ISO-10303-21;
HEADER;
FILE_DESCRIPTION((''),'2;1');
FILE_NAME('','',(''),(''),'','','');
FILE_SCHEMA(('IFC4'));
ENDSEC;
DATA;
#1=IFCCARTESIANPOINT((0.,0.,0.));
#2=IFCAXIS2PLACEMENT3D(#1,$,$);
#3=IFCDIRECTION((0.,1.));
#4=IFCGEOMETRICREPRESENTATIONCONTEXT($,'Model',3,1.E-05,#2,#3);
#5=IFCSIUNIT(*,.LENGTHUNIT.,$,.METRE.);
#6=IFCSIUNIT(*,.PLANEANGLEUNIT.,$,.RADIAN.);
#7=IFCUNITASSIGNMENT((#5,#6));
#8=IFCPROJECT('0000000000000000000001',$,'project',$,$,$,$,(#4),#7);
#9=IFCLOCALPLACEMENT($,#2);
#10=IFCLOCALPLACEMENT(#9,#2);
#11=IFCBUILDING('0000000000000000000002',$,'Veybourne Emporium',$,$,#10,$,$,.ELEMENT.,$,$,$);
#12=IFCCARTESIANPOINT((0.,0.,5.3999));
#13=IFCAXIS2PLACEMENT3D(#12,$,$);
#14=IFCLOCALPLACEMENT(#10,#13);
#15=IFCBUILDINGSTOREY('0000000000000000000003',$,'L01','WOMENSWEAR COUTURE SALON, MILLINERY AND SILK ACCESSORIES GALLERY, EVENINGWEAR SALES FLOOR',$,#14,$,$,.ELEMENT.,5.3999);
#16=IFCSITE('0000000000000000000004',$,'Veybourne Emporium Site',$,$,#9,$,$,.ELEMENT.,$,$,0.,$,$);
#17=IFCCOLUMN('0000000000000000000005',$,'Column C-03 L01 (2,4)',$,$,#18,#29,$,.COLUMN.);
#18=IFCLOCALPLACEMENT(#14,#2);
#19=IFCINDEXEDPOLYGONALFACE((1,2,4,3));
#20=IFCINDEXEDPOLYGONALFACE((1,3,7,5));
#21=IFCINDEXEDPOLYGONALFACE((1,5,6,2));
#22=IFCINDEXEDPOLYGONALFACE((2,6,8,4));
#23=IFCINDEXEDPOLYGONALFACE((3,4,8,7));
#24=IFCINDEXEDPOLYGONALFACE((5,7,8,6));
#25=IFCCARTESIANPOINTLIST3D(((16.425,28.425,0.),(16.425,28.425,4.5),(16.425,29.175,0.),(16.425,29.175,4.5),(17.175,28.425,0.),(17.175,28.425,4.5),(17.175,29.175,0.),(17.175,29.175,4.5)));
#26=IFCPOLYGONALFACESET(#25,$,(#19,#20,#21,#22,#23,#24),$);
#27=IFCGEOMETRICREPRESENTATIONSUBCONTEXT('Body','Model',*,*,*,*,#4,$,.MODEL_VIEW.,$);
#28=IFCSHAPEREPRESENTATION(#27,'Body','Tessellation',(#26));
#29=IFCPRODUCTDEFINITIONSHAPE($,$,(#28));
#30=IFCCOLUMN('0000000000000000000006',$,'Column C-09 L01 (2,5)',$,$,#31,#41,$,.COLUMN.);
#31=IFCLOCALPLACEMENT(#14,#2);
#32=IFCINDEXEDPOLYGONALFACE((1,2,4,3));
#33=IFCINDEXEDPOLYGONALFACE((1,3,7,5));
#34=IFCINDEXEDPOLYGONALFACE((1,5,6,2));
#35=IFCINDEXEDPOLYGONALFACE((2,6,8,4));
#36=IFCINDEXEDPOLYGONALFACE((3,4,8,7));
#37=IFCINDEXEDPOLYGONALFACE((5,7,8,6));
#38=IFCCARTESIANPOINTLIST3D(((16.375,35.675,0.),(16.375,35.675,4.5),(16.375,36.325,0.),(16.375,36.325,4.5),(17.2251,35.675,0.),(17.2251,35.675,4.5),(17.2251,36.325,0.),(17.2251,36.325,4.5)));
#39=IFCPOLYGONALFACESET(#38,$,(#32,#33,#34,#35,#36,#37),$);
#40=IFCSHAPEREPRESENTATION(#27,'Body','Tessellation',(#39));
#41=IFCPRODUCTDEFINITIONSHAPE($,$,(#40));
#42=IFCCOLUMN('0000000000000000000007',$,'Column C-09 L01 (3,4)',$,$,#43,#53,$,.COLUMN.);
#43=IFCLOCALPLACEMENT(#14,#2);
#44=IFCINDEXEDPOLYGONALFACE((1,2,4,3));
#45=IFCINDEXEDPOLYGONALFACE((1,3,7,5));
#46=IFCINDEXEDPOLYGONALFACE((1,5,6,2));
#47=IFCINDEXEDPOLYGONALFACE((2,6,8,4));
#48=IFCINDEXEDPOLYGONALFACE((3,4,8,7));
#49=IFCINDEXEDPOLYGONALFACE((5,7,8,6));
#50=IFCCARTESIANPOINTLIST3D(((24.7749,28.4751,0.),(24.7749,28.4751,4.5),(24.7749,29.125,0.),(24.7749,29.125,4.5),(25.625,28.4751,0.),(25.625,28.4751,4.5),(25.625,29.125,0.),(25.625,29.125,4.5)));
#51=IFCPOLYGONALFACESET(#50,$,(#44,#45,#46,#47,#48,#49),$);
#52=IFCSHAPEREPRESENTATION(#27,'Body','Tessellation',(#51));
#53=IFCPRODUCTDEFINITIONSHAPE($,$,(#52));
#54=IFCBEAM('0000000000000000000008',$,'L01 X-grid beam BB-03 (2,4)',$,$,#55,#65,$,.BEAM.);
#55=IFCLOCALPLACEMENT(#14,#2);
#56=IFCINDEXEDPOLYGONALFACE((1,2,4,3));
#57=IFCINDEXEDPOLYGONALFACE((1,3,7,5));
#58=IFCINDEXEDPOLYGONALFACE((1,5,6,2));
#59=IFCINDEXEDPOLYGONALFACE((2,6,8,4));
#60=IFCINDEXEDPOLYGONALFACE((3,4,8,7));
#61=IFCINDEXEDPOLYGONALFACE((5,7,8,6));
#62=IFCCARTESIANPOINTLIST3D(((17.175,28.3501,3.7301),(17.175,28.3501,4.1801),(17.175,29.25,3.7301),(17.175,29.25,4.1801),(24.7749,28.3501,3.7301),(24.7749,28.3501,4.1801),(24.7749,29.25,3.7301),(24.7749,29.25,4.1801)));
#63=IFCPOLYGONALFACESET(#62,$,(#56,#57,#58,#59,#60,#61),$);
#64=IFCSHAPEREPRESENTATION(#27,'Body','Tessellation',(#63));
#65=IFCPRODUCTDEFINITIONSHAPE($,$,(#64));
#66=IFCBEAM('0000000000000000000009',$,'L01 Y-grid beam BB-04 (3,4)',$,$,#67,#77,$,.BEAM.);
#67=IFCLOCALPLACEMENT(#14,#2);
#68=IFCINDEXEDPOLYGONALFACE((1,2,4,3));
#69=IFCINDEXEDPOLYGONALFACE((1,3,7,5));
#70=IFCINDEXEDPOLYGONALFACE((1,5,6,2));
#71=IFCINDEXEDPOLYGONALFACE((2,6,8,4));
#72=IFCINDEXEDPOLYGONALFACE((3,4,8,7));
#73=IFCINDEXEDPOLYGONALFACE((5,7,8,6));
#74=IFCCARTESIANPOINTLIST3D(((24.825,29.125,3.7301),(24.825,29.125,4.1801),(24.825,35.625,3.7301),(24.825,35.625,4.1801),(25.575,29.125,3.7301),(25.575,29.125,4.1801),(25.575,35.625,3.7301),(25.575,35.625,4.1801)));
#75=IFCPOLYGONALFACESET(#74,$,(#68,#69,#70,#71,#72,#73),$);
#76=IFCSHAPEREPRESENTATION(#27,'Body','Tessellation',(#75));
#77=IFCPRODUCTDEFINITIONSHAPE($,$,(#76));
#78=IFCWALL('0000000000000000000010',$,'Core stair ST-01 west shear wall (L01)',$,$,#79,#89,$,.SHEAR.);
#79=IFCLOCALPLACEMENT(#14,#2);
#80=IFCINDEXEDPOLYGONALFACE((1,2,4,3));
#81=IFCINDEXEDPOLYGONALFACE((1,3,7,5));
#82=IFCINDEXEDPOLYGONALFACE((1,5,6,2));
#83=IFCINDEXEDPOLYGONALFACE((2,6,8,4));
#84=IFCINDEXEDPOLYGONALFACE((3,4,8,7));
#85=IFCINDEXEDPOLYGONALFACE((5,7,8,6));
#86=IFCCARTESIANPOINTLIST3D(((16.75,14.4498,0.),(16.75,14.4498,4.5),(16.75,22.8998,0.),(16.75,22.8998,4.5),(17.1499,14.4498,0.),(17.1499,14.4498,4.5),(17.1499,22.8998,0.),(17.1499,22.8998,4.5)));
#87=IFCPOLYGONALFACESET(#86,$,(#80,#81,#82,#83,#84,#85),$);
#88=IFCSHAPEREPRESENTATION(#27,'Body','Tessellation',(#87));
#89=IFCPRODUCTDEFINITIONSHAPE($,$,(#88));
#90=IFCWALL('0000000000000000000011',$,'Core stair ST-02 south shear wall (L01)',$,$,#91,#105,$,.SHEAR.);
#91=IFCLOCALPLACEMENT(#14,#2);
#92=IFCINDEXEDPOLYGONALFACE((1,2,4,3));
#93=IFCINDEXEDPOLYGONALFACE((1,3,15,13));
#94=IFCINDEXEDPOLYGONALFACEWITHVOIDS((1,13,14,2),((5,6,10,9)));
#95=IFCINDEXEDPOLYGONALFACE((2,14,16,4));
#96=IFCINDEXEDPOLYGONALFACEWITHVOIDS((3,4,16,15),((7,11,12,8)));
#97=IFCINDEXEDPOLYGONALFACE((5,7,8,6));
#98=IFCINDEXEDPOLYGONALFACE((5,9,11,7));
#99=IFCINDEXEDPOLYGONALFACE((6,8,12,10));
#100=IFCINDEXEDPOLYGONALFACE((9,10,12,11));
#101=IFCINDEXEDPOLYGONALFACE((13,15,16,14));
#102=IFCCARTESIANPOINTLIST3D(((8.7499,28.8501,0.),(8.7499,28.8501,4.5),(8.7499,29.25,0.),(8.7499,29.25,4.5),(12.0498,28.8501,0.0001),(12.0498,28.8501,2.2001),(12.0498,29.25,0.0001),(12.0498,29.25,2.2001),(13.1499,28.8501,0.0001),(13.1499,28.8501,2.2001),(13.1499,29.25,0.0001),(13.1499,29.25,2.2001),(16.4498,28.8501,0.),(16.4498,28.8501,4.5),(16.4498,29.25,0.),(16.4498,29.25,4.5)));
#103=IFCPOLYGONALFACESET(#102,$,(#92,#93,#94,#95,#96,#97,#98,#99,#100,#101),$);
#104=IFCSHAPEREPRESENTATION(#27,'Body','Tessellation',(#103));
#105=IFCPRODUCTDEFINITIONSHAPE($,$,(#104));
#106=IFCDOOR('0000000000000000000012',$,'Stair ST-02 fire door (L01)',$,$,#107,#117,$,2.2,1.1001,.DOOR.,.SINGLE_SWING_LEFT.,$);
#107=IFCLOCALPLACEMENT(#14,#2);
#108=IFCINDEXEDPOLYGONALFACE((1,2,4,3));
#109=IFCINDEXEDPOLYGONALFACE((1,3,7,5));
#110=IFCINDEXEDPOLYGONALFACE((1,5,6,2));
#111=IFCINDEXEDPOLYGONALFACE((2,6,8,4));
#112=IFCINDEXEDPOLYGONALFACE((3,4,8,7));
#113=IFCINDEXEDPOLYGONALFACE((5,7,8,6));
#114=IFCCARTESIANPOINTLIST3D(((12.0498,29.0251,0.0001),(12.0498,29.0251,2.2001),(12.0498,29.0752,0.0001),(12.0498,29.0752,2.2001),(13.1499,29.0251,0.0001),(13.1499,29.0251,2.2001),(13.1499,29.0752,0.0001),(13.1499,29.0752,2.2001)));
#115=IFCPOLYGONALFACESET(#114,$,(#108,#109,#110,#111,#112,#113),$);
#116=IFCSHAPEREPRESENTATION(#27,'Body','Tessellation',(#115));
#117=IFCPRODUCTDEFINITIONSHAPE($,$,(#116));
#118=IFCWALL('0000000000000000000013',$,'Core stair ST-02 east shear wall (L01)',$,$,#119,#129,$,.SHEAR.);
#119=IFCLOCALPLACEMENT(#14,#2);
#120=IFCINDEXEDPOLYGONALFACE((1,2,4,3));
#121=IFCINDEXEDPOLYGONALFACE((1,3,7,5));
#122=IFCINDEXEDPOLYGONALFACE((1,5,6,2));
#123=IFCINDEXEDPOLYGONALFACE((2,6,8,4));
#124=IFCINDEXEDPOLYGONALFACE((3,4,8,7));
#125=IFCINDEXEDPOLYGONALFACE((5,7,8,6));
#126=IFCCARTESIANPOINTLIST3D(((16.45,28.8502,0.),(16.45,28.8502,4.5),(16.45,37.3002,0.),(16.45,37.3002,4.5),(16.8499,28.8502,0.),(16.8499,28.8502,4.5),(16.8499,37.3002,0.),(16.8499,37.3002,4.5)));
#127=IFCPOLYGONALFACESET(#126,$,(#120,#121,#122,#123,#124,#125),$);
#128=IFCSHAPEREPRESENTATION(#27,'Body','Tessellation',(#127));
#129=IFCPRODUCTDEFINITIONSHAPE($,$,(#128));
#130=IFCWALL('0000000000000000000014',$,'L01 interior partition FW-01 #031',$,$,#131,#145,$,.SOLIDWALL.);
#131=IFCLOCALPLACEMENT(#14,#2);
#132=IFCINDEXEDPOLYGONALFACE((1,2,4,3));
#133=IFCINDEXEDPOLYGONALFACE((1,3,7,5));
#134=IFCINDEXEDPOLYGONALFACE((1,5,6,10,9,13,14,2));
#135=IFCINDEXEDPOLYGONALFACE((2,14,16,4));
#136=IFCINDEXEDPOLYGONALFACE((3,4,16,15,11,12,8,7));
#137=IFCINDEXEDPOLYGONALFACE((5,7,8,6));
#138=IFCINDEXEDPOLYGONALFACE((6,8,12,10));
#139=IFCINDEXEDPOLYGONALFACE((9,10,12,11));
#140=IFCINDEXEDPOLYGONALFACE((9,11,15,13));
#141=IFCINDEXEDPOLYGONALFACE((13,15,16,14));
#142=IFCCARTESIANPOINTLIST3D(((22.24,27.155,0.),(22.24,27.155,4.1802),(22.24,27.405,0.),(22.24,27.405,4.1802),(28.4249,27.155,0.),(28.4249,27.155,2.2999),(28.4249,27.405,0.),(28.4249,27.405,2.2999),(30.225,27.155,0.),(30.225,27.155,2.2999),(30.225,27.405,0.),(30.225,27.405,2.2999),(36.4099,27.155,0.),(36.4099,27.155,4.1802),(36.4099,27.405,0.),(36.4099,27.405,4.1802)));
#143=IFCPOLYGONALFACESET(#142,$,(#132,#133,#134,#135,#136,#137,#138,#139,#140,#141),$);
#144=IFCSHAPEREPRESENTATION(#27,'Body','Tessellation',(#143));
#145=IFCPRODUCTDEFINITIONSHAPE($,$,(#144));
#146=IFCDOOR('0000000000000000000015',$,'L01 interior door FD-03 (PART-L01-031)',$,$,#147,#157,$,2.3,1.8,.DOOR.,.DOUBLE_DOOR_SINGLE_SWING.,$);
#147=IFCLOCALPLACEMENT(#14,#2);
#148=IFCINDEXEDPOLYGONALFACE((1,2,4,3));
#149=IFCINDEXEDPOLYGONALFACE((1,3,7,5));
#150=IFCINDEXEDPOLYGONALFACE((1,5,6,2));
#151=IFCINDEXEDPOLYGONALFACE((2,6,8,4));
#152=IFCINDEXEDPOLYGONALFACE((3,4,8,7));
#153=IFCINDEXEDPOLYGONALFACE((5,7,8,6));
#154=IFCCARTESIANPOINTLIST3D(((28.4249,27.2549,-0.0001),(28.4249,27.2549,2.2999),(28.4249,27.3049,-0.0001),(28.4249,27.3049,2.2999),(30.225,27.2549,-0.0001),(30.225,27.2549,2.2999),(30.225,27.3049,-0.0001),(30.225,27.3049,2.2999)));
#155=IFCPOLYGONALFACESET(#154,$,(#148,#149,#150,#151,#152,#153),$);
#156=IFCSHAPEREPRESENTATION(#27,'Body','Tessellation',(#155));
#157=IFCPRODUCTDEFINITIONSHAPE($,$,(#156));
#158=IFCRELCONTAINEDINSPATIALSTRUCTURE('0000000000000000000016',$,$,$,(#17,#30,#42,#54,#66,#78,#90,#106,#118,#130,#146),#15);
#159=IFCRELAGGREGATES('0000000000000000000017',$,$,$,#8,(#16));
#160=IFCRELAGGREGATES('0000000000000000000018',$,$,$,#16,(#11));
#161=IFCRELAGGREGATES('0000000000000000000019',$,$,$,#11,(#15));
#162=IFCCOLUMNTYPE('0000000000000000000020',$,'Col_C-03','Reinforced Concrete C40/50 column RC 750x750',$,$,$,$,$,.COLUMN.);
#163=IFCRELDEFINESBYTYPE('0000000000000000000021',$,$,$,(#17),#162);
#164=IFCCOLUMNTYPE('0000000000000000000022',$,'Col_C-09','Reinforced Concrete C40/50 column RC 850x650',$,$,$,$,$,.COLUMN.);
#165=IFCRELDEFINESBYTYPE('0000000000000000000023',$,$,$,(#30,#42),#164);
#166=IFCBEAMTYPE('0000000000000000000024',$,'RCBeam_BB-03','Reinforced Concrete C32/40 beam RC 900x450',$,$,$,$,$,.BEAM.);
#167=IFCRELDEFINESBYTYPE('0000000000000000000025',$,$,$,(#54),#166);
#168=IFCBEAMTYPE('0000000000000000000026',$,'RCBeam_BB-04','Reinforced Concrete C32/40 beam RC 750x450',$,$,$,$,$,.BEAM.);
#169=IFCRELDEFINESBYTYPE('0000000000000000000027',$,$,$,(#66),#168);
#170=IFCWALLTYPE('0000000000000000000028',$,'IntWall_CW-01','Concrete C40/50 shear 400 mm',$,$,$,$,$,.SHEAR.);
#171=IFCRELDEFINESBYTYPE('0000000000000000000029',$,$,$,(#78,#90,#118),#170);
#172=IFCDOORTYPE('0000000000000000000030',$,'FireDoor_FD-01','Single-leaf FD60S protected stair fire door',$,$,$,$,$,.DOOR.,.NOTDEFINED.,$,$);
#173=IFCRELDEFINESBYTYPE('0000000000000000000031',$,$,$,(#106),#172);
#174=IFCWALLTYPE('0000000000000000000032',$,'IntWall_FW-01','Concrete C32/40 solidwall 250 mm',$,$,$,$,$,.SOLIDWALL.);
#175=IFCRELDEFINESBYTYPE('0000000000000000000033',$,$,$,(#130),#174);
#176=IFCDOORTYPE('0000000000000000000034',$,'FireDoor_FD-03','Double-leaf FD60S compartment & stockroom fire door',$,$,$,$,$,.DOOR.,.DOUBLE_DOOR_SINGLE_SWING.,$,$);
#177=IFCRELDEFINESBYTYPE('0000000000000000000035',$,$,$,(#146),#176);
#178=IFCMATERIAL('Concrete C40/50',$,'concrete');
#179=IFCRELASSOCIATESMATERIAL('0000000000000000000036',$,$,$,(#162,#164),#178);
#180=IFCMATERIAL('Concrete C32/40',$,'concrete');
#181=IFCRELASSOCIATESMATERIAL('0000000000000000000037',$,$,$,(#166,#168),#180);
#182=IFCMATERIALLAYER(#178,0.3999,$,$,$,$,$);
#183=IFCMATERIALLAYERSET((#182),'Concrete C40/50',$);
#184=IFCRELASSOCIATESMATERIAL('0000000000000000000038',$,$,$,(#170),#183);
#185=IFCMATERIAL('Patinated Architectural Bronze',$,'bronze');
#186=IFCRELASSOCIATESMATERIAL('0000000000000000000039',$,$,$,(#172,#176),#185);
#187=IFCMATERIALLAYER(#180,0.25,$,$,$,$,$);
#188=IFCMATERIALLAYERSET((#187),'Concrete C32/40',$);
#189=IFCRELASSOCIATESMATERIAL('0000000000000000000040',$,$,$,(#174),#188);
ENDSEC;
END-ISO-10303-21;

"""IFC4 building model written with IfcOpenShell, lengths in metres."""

from ifc_helpers import new_model, si_unit, direction, frame, frame_2d, origin, origin_2d, place, context, subcontext, project, spatial, rectangle, extrude, material, layer, layer_set, material_profile, profile_set, type_object, element, fill, save


model = new_model("IFC4")

# Units and contexts
model_context = context("Model", 3, precision=1e-05, world=origin(), true_north=direction((0.0, 1.0)))
body_context = subcontext(model_context, "Body", "Model", "MODEL_VIEW")
ifc_project = project(units=[si_unit("LENGTHUNIT", "METRE"), si_unit("PLANEANGLEUNIT", "RADIAN")], contexts=[model_context])

# Site, building, storey
site_placement = place(None, origin())
site = spatial("IfcSite", under=ifc_project, at=site_placement, Name="Veybourne Emporium Site", CompositionType="ELEMENT", RefElevation=0.0)
building_placement = place(site_placement, origin())
building = spatial("IfcBuilding", under=site, at=building_placement, Name="Veybourne Emporium", CompositionType="ELEMENT")
storey_placement = place(building_placement, frame((0.0, 0.0, 5.3999)))
storey = spatial("IfcBuildingStorey", under=building, at=storey_placement, Name="L01", Description="WOMENSWEAR COUTURE SALON, MILLINERY AND SILK ACCESSORIES GALLERY, EVENINGWEAR SALES FLOOR", CompositionType="ELEMENT", Elevation=5.3999)

# Columns
ifc_material_1 = material(Name="Concrete C40/50", Category="concrete")
ifc_material_profile_1 = material_profile(ifc_material_1, rectangle(XDim=0.75, YDim=0.75, at=origin_2d()), Name="RC 750x750")
ifc_profile_set_1 = profile_set([ifc_material_profile_1], Name="Concrete C40/50")
column_type_1 = type_object("IfcColumnType", Name="Col_C-03", Description="Reinforced Concrete C40/50 column RC 750x750", PredefinedType="COLUMN", material=ifc_profile_set_1)
column_placement = place(storey_placement, frame((16.8, 28.8, 0.0), z_axis=(0.0, 0.0, 1.0), x_axis=(1.0, 0.0, 0.0)))
element("IfcColumn", 1, at=column_placement, inside=storey, type_object=column_type_1, Name="Column C-03 L01 (2,4)", PredefinedType="COLUMN", context=body_context, shape_type="SweptSolid", body=[
    extrude(rectangle(XDim=0.75, YDim=0.75, at=origin_2d()), origin(), (0.0, 0.0, 1.0), 4.5),
])
ifc_material_profile_2 = material_profile(ifc_material_1, rectangle(XDim=0.8501, YDim=0.6499, at=origin_2d()), Name="RC 850x650")
ifc_profile_set_2 = profile_set([ifc_material_profile_2], Name="Concrete C40/50")
column_type_2 = type_object("IfcColumnType", Name="Col_C-09", Description="Reinforced Concrete C40/50 column RC 850x650", PredefinedType="COLUMN", material=ifc_profile_set_2)
for number, where, z_axis, x_axis, name in (
    (2, (16.8, 36.0, 0.0), (0.0, 0.0, 1.0), (1.0, 0.0, 0.0), "Column C-09 L01 (2,5)"),
    (3, (25.2, 28.8, 0.0), (0.0, 0.0, 1.0), (1.0, 0.0, 0.0), "Column C-09 L01 (3,4)"),
):
    element("IfcColumn", number, at=place(storey_placement, frame(where, z_axis=z_axis, x_axis=x_axis)), inside=storey, type_object=column_type_2, Name=name, PredefinedType="COLUMN", context=body_context, shape_type="SweptSolid", body=[
        extrude(rectangle(XDim=0.8501, YDim=0.6499, at=origin_2d()), origin(), (0.0, 0.0, 1.0), 4.5),
    ])

# Beams
ifc_material_2 = material(Name="Concrete C32/40", Category="concrete")
ifc_material_profile_3 = material_profile(ifc_material_2, rectangle(XDim=0.8999, YDim=0.45, at=origin_2d()), Name="RC 900x450")
ifc_profile_set_3 = profile_set([ifc_material_profile_3], Name="Concrete C32/40")
beam_type_1 = type_object("IfcBeamType", Name="RCBeam_BB-03", Description="Reinforced Concrete C32/40 beam RC 900x450", PredefinedType="BEAM", material=ifc_profile_set_3)
beam_1_placement = place(storey_placement, frame((17.175, 28.8, 3.9551), z_axis=(1.0, 0.0, 0.0), x_axis=(0.0, 1.0, 0.0)))
element("IfcBeam", 4, at=beam_1_placement, inside=storey, type_object=beam_type_1, Name="L01 X-grid beam BB-03 (2,4)", PredefinedType="BEAM", context=body_context, shape_type="SweptSolid", body=[
    extrude(rectangle(XDim=0.8999, YDim=0.45, at=origin_2d()), origin(), (0.0, 0.0, 1.0), 7.5999),
])
ifc_material_profile_4 = material_profile(ifc_material_2, rectangle(XDim=0.75, YDim=0.45, at=origin_2d()), Name="RC 750x450")
ifc_profile_set_4 = profile_set([ifc_material_profile_4], Name="Concrete C32/40")
beam_type_2 = type_object("IfcBeamType", Name="RCBeam_BB-04", Description="Reinforced Concrete C32/40 beam RC 750x450", PredefinedType="BEAM", material=ifc_profile_set_4)
beam_2_placement = place(storey_placement, frame((25.2, 29.125, 3.9551), z_axis=(0.0, 1.0, 0.0), x_axis=(-1.0, 0.0, 0.0)))
element("IfcBeam", 5, at=beam_2_placement, inside=storey, type_object=beam_type_2, Name="L01 Y-grid beam BB-04 (3,4)", PredefinedType="BEAM", context=body_context, shape_type="SweptSolid", body=[
    extrude(rectangle(XDim=0.75, YDim=0.45, at=origin_2d()), origin(), (0.0, 0.0, 1.0), 6.5),
])

# Wall
ifc_layer_1 = layer(ifc_material_1, 0.3999)
ifc_layer_set_1 = layer_set([ifc_layer_1], Name="Concrete C40/50")
wall_type_1 = type_object("IfcWallType", Name="IntWall_CW-01", Description="Concrete C40/50 shear 400 mm", PredefinedType="SHEAR", material=ifc_layer_set_1)
wall_1_placement = place(storey_placement, frame((16.95, 22.8999, 0.0), z_axis=(0.0, 0.0, 1.0), x_axis=(0.0, -1.0, 0.0)))
element("IfcWall", 6, at=wall_1_placement, inside=storey, type_object=wall_type_1, Name="Core stair ST-01 west shear wall (L01)", PredefinedType="SHEAR", context=body_context, shape_type="SweptSolid", body=[
    extrude(rectangle(XDim=8.45, YDim=0.3999, at=frame_2d((4.2251, 0.0))), origin(), (0.0, 0.0, 1.0), 4.5),
])

# Wall, opening, door
wall_2_placement = place(storey_placement, frame((16.45, 29.05, 0.0), z_axis=(0.0, 0.0, 1.0), x_axis=(-1.0, 0.0, 0.0)))
wall_2 = element("IfcWall", 7, at=wall_2_placement, inside=storey, type_object=wall_type_1, Name="Core stair ST-02 south shear wall (L01)", PredefinedType="SHEAR", context=body_context, shape_type="SweptSolid", body=[
    extrude(rectangle(XDim=7.7, YDim=0.3999, at=frame_2d((3.8501, 0.0))), origin(), (0.0, 0.0, 1.0), 4.5),
])
opening_1_placement = place(wall_2_placement, frame((3.3, 0.0, 0.0)))
opening_1 = element("IfcOpeningElement", 8, at=opening_1_placement, cuts=wall_2, PredefinedType="OPENING", context=body_context, shape_type="SweptSolid", body=[
    extrude(rectangle(XDim=1.1001, YDim=2.2, at=frame_2d((0.55, 1.1001))), frame((0.0, 0.22, 0.0), z_axis=(0.0, -1.0, 0.0), x_axis=(1.0, 0.0, 0.0)), (0.0, 0.0, 1.0), 0.4399),
])
ifc_material_3 = material(Name="Patinated Architectural Bronze", Category="bronze")
door_type_1 = type_object("IfcDoorType", Name="FireDoor_FD-01", Description="Single-leaf FD60S protected stair fire door", OperationType="NOTDEFINED", PredefinedType="DOOR", material=ifc_material_3)
door_1_placement = place(opening_1_placement, origin())
door_1 = element("IfcDoor", 9, at=door_1_placement, inside=storey, type_object=door_type_1, Name="Stair ST-02 fire door (L01)", OperationType="SINGLE_SWING_LEFT", OverallHeight=2.2, OverallWidth=1.1001, PredefinedType="DOOR", context=body_context, shape_type="SweptSolid", body=[
    extrude(rectangle(XDim=1.1001, YDim=2.2, at=frame_2d((0.55, 1.1001))), frame((0.0, 0.0249, 0.0), z_axis=(0.0, -1.0, 0.0), x_axis=(1.0, 0.0, 0.0)), (0.0, 0.0, 1.0), 0.05),
])
fill(opening_1, door_1)

# Wall
wall_3_placement = place(storey_placement, frame((16.6499, 28.8501, 0.0), z_axis=(0.0, 0.0, 1.0), x_axis=(0.0, 1.0, 0.0)))
element("IfcWall", 10, at=wall_3_placement, inside=storey, type_object=wall_type_1, Name="Core stair ST-02 east shear wall (L01)", PredefinedType="SHEAR", context=body_context, shape_type="SweptSolid", body=[
    extrude(rectangle(XDim=8.45, YDim=0.3999, at=frame_2d((4.2251, 0.0))), origin(), (0.0, 0.0, 1.0), 4.5),
])

# Wall, opening, door
ifc_layer_2 = layer(ifc_material_2, 0.25)
ifc_layer_set_2 = layer_set([ifc_layer_2], Name="Concrete C32/40")
wall_type_2 = type_object("IfcWallType", Name="IntWall_FW-01", Description="Concrete C32/40 solidwall 250 mm", PredefinedType="SOLIDWALL", material=ifc_layer_set_2)
wall_4_placement = place(storey_placement, frame((22.24, 27.28, 0.0), z_axis=(0.0, 0.0, 1.0), x_axis=(1.0, 0.0, 0.0)))
wall_4 = element("IfcWall", 11, at=wall_4_placement, inside=storey, type_object=wall_type_2, Name="L01 interior partition FW-01 #031", PredefinedType="SOLIDWALL", context=body_context, shape_type="SweptSolid", body=[
    extrude(rectangle(XDim=14.1699, YDim=0.25, at=frame_2d((7.085, 0.0))), origin(), (0.0, 0.0, 1.0), 4.1802),
])
opening_2_placement = place(wall_4_placement, frame((6.1851, 0.0, 0.0)))
opening_2 = element("IfcOpeningElement", 12, at=opening_2_placement, cuts=wall_4, PredefinedType="OPENING", context=body_context, shape_type="SweptSolid", body=[
    extrude(rectangle(XDim=1.8, YDim=2.3, at=frame_2d((0.8999, 1.1499))), frame((0.0, 0.145, 0.0), z_axis=(0.0, -1.0, 0.0), x_axis=(1.0, 0.0, 0.0)), (0.0, 0.0, 1.0), 0.29),
])
door_type_2 = type_object("IfcDoorType", Name="FireDoor_FD-03", Description="Double-leaf FD60S compartment & stockroom fire door", OperationType="DOUBLE_DOOR_SINGLE_SWING", PredefinedType="DOOR", material=ifc_material_3)
door_2_placement = place(opening_2_placement, origin())
door_2 = element("IfcDoor", 13, at=door_2_placement, inside=storey, type_object=door_type_2, Name="L01 interior door FD-03 (PART-L01-031)", OperationType="DOUBLE_DOOR_SINGLE_SWING", OverallHeight=2.3, OverallWidth=1.8, PredefinedType="DOOR", context=body_context, shape_type="SweptSolid", body=[
    extrude(rectangle(XDim=1.8, YDim=2.3, at=frame_2d((0.8999, 1.1499))), frame((0.0, 0.0249, 0.0), z_axis=(0.0, -1.0, 0.0), x_axis=(1.0, 0.0, 0.0)), (0.0, 0.0, 1.0), 0.05),
])
fill(opening_2, door_2)

save(model, "model.ifc")
